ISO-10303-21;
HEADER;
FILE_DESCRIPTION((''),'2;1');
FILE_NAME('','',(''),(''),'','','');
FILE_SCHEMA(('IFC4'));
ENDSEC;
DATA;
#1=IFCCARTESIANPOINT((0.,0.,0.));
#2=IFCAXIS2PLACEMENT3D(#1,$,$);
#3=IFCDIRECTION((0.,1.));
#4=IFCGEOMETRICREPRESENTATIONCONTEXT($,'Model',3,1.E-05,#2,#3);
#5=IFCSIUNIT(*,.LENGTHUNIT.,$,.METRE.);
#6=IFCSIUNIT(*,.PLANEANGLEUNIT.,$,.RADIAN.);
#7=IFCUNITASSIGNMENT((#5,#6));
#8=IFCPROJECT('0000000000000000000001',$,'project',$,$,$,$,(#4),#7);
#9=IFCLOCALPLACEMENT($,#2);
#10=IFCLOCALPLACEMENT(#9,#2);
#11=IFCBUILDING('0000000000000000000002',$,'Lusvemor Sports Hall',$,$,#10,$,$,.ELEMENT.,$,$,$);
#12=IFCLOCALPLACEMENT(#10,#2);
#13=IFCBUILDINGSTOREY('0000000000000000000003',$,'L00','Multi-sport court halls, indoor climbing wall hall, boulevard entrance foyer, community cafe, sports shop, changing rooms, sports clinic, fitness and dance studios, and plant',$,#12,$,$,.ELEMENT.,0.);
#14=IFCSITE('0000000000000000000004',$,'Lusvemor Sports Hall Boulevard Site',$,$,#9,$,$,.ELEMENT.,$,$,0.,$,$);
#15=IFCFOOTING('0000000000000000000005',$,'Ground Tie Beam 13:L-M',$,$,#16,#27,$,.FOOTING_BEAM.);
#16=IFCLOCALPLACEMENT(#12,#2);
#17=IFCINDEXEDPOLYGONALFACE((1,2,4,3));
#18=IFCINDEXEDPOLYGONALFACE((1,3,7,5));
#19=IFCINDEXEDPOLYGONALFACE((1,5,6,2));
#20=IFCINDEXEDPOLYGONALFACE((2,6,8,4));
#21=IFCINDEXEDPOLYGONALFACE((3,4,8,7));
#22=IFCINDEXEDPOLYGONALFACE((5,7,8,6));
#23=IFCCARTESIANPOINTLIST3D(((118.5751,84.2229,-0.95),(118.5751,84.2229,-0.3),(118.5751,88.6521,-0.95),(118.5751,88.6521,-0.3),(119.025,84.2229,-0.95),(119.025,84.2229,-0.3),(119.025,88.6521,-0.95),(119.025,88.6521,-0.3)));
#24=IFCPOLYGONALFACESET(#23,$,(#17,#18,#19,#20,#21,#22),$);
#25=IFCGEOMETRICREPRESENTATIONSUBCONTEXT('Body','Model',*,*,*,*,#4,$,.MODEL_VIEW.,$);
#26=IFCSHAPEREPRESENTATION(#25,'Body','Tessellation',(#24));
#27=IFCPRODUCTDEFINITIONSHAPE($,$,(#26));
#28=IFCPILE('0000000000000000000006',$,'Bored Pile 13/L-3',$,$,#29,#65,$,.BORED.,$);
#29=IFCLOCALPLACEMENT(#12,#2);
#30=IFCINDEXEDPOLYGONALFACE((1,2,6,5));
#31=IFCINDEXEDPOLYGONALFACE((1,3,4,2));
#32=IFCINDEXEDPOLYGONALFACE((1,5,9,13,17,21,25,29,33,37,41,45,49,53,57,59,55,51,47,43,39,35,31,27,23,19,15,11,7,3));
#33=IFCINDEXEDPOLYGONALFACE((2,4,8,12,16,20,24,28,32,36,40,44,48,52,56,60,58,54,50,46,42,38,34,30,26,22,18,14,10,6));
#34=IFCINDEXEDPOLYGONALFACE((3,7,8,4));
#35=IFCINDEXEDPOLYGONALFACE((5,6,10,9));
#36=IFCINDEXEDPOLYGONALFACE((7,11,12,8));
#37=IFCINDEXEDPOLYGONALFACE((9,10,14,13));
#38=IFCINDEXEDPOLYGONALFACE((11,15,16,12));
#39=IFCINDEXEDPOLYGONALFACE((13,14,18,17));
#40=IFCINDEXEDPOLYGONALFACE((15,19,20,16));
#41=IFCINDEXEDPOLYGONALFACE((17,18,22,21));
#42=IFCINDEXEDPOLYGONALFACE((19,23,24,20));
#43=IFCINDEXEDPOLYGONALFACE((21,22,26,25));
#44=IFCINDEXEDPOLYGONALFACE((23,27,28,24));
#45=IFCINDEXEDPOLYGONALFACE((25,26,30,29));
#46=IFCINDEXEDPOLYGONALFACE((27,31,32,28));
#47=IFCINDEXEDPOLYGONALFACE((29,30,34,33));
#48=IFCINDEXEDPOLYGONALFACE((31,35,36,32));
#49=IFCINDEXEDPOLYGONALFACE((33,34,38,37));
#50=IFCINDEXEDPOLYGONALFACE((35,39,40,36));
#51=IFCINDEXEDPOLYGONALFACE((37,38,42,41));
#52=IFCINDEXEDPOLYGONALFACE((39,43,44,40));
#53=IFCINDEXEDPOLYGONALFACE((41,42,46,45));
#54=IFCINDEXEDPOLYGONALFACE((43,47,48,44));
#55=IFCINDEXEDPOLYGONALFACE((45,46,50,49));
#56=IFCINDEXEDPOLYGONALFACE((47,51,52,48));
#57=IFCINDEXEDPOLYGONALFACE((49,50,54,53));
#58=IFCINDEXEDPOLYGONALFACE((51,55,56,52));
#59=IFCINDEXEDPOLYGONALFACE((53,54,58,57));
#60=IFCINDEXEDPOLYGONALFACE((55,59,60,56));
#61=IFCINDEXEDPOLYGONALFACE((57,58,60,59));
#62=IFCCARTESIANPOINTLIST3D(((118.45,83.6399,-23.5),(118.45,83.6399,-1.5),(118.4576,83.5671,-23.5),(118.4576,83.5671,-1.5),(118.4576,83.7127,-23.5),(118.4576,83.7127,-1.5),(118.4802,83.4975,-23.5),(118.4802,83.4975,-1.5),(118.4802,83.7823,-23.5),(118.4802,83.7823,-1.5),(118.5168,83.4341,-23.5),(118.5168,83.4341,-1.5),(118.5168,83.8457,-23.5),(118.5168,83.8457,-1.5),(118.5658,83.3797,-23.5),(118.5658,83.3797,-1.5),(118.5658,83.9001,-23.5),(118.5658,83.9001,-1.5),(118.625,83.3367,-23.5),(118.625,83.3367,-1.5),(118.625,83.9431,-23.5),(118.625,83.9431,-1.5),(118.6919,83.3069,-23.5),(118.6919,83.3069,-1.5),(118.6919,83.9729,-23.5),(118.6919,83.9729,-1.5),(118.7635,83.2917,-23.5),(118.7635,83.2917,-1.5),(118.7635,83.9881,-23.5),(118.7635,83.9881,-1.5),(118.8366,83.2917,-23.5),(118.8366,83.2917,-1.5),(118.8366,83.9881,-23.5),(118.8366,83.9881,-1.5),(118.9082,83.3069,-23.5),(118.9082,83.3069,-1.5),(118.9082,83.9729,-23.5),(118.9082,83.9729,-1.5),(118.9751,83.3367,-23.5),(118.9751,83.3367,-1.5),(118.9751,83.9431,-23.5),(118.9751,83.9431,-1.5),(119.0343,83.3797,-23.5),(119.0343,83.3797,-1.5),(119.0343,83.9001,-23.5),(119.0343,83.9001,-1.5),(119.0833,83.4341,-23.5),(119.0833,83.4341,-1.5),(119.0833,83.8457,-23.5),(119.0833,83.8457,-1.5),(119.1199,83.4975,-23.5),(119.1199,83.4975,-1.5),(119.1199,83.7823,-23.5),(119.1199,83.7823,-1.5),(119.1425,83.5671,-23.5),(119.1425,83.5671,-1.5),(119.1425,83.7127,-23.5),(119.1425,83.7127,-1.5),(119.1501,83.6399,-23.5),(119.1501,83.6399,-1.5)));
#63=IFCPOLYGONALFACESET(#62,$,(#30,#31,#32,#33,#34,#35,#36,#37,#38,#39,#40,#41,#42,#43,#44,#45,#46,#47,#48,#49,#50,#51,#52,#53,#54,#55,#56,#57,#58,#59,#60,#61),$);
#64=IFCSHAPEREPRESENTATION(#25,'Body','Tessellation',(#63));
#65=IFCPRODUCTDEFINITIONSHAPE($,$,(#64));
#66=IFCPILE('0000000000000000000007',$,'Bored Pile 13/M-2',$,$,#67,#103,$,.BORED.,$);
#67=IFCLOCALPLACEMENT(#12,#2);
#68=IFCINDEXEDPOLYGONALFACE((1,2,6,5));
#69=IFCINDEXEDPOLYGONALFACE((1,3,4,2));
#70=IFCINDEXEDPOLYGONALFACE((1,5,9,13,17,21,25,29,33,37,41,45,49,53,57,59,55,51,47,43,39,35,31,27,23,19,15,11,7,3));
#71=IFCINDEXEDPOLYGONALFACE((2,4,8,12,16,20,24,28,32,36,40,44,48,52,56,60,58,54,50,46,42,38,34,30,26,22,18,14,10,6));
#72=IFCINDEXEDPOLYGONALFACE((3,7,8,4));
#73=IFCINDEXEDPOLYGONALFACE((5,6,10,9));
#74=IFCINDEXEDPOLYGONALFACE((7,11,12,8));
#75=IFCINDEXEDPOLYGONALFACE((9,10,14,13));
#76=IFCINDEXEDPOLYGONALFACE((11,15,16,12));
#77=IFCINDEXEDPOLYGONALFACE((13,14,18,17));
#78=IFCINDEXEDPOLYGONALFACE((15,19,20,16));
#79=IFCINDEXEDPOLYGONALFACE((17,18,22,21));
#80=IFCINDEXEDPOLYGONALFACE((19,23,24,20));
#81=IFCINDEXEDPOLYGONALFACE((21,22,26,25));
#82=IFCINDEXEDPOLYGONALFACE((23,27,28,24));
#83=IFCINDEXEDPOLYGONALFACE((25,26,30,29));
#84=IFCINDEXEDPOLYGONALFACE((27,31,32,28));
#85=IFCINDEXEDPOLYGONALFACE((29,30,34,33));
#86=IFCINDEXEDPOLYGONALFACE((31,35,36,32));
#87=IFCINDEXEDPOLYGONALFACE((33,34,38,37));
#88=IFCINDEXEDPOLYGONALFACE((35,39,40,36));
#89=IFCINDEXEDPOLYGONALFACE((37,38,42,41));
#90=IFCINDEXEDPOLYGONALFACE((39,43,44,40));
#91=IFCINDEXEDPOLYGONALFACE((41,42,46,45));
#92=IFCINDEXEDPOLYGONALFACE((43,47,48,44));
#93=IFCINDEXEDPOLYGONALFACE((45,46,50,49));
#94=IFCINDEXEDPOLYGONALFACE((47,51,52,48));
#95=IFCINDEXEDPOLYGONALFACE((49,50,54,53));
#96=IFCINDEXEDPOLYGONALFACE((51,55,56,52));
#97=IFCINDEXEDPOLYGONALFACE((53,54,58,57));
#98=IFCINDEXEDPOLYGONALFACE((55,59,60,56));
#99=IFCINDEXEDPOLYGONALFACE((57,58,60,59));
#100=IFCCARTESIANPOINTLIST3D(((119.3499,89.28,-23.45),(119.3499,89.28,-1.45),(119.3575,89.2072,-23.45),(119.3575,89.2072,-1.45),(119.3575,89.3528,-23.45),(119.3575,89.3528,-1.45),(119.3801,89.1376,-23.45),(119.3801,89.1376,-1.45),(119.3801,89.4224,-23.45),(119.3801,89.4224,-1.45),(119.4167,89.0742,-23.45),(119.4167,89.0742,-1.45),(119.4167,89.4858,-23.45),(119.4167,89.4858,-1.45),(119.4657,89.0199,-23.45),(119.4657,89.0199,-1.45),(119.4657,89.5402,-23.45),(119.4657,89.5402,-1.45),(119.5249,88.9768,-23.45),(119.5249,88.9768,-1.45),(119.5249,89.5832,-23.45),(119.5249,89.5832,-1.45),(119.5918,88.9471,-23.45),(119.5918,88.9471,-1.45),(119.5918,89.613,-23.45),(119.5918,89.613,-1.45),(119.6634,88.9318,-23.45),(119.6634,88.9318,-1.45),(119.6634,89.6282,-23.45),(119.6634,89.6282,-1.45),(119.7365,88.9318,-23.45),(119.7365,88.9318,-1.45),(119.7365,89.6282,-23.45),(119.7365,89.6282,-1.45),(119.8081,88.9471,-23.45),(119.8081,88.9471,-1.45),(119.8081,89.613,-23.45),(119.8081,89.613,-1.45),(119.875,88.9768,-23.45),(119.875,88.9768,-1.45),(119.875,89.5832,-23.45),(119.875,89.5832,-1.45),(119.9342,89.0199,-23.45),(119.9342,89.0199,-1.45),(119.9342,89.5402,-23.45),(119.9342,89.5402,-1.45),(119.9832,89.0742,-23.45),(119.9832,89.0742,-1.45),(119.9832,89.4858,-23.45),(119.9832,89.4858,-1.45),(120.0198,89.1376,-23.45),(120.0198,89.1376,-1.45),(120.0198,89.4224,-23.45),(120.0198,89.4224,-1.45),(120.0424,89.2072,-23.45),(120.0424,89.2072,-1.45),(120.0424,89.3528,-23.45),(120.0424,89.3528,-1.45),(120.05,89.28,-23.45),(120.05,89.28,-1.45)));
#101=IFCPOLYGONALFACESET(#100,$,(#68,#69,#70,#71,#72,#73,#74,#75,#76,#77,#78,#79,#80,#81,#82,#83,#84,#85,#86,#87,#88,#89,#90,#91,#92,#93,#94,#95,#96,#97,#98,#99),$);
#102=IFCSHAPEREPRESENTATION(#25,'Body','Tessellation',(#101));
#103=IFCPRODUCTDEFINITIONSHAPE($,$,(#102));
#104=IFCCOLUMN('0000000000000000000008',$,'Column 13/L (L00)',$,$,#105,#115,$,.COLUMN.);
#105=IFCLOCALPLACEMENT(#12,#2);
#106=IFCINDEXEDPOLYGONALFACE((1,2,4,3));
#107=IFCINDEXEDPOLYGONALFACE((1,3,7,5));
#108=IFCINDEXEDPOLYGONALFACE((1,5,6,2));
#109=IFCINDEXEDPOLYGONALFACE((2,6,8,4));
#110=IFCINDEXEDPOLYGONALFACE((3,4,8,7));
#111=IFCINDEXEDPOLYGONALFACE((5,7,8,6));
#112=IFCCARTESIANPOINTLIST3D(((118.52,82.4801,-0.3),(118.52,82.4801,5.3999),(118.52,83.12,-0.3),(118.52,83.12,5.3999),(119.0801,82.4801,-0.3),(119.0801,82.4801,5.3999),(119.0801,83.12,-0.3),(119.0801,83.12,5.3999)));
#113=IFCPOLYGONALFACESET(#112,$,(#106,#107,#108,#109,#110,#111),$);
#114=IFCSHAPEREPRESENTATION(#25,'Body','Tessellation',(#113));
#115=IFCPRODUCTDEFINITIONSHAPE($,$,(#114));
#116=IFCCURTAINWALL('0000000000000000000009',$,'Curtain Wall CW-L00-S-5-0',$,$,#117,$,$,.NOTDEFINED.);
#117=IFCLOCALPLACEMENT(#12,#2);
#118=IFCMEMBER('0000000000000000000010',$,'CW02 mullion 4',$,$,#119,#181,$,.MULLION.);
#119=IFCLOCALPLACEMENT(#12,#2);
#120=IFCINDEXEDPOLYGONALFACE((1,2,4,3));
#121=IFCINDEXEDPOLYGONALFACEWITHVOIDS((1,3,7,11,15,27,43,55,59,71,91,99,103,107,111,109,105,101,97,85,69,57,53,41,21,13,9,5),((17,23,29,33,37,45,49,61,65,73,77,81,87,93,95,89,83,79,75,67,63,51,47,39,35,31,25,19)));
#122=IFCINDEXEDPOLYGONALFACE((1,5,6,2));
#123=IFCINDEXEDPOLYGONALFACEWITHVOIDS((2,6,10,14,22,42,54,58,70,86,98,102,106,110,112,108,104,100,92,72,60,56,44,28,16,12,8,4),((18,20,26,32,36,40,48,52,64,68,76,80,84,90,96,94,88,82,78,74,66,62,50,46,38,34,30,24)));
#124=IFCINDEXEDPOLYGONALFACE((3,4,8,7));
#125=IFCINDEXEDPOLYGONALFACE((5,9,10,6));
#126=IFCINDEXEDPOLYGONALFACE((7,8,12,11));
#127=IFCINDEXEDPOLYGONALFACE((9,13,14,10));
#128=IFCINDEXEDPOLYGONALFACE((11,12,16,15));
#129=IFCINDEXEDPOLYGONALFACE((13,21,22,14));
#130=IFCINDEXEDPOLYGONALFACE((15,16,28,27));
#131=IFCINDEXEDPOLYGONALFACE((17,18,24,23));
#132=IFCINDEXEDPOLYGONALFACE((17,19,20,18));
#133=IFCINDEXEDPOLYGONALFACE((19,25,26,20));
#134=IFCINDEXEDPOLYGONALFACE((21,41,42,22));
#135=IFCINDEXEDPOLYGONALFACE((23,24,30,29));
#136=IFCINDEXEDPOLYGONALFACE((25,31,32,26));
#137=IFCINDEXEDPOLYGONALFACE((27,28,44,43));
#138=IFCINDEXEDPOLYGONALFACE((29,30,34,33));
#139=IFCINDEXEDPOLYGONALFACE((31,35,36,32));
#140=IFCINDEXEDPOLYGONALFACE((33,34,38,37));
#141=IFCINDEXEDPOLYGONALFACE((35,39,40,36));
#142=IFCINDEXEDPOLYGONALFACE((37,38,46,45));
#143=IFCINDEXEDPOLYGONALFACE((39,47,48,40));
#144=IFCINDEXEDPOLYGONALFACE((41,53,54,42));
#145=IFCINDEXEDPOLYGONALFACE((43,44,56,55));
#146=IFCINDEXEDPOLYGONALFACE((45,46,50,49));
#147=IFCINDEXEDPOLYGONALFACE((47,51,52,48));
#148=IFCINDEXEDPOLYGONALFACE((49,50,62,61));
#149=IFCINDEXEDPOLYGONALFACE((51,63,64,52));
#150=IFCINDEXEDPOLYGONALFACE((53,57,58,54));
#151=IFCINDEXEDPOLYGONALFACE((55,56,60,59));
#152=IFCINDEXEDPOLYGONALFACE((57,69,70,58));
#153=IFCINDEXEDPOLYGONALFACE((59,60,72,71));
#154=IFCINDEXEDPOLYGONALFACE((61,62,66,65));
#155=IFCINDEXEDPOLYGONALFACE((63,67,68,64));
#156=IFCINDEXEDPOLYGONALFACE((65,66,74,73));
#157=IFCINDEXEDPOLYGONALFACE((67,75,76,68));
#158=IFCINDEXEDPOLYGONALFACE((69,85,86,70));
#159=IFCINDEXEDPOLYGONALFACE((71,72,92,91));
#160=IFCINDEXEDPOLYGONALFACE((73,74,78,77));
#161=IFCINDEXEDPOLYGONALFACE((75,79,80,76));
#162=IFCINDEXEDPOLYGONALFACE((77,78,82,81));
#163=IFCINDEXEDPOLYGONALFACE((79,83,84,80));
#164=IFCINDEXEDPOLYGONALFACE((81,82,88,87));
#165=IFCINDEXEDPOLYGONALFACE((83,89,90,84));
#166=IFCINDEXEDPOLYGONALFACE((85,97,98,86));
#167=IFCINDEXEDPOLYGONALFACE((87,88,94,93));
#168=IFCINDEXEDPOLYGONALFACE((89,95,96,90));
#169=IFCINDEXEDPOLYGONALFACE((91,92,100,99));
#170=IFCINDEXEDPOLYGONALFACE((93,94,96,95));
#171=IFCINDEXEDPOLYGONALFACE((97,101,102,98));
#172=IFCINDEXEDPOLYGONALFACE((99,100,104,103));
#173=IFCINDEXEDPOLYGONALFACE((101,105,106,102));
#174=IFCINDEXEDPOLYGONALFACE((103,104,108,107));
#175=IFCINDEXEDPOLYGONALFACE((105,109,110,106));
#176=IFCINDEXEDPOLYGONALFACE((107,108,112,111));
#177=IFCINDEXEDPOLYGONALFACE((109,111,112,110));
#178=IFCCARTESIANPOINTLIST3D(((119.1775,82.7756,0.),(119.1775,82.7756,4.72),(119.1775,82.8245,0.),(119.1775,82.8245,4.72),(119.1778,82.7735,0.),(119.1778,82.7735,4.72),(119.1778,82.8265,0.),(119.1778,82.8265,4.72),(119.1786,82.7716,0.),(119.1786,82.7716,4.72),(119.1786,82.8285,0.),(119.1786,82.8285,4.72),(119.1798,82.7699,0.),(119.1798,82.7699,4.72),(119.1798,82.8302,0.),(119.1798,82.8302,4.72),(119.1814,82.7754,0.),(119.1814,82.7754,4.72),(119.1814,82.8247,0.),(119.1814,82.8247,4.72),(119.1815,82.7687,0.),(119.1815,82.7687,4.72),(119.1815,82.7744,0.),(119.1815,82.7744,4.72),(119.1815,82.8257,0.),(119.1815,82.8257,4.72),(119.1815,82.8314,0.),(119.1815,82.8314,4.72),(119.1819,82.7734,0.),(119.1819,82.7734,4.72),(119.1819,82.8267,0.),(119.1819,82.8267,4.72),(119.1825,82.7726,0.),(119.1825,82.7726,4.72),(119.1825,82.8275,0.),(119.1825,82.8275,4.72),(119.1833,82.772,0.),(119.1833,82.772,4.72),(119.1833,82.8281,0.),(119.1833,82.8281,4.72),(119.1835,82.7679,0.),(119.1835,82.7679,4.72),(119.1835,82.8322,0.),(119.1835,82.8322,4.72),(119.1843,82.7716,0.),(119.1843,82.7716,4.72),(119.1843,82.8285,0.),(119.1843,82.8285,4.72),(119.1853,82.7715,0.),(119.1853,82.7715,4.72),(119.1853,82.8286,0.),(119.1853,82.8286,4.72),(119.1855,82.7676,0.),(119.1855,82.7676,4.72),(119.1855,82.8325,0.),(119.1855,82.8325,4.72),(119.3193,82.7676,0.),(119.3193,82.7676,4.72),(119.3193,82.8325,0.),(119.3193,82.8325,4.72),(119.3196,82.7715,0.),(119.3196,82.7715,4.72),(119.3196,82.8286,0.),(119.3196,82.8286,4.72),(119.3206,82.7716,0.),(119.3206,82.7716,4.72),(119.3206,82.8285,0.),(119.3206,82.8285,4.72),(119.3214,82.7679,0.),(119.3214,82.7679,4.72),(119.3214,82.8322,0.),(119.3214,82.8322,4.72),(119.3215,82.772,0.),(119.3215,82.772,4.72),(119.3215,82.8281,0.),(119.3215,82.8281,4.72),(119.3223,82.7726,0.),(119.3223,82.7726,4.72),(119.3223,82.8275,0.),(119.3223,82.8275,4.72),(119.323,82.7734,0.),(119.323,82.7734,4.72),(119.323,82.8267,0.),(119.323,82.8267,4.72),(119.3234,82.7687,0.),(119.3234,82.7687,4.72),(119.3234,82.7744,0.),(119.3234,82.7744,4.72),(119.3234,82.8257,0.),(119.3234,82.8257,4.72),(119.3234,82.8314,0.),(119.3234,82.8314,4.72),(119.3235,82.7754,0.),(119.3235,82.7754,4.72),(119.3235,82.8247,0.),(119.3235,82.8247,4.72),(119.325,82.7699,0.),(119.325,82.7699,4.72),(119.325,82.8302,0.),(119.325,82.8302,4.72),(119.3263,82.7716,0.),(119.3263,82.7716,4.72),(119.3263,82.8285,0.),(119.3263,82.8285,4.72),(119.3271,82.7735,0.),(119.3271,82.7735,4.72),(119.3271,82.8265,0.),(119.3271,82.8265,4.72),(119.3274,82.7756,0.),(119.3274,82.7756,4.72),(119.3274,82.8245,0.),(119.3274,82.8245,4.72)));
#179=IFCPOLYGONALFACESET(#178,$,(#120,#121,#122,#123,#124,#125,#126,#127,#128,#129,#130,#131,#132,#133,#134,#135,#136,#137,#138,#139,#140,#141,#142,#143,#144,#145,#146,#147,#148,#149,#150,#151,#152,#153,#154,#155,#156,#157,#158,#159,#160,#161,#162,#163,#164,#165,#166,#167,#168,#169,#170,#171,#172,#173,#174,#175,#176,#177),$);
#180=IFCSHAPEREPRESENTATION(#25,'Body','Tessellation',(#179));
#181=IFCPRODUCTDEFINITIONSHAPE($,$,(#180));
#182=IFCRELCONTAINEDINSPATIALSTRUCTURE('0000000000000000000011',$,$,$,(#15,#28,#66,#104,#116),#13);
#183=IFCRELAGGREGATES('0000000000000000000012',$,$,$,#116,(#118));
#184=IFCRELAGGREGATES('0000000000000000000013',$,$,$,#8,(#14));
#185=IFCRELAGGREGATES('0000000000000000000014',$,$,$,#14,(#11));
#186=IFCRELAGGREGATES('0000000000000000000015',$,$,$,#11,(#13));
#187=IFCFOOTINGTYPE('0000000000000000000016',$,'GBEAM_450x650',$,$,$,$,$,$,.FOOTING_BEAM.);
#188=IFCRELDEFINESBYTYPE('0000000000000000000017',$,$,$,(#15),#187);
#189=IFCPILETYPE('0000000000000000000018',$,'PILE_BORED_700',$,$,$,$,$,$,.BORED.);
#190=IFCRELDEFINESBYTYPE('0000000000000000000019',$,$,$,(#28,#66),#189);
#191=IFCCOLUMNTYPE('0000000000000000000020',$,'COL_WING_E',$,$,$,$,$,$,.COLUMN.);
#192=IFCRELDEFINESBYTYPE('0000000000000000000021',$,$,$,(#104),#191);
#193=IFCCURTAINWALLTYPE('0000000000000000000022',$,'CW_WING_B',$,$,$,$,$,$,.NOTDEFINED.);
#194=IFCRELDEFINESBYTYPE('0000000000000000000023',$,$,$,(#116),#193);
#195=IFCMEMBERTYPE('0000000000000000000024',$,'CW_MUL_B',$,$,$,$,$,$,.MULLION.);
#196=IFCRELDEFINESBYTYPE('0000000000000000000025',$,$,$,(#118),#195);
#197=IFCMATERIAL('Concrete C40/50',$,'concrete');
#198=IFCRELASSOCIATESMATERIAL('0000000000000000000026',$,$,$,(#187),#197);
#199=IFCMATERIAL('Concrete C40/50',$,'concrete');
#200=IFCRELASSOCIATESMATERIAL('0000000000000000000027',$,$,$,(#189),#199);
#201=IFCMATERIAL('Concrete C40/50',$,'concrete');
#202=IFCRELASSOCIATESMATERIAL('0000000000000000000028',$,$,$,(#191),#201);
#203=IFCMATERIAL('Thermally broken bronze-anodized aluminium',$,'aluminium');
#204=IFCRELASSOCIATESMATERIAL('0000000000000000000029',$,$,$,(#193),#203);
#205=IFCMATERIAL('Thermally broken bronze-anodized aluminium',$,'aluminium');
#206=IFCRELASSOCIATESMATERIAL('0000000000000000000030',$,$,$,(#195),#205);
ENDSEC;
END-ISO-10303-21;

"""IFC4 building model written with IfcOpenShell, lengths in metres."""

from ifc_helpers import new_model, si_unit, direction, frame, origin, origin_2d, place, context, subcontext, project, spatial, rectangle, hollow_rectangle, circle, extrude, material, material_profile, profile_set, type_object, element, aggregate, save


model = new_model("IFC4")

# Units and contexts
model_context = context("Model", 3, precision=1e-05, world=origin(), true_north=direction((0.0, 1.0)))
body_context = subcontext(model_context, "Body", "Model", "MODEL_VIEW")
ifc_project = project(units=[si_unit("LENGTHUNIT", "METRE"), si_unit("PLANEANGLEUNIT", "RADIAN")], contexts=[model_context])

# Site, building, storey
site_placement = place(None, origin())
site = spatial("IfcSite", under=ifc_project, at=site_placement, Name="Lusvemor Sports Hall Boulevard Site", CompositionType="ELEMENT", RefElevation=0.0)
building_placement = place(site_placement, origin())
building = spatial("IfcBuilding", under=site, at=building_placement, Name="Lusvemor Sports Hall", CompositionType="ELEMENT")
storey_placement = place(building_placement, origin())
storey = spatial("IfcBuildingStorey", under=building, at=storey_placement, Name="L00", Description="Multi-sport court halls, indoor climbing wall hall, boulevard entrance foyer, community cafe, sports shop, changing rooms, sports clinic, fitness and dance studios, and plant", CompositionType="ELEMENT", Elevation=0.0)

# Footing
ifc_material_1 = material(Name="Concrete C40/50", Category="concrete")
ifc_material_profile_1 = material_profile(ifc_material_1, rectangle(XDim=0.45, YDim=0.6499, at=origin_2d()), Name="GB_450x650")
ifc_profile_set_1 = profile_set([ifc_material_profile_1], Name="Concrete C40/50")
footing_type = type_object("IfcFootingType", Name="GBEAM_450x650", PredefinedType="FOOTING_BEAM", material=ifc_profile_set_1)
footing_placement = place(storey_placement, frame((118.8, 84.2229, -0.625), z_axis=(0.0, 1.0, 0.0), x_axis=(-1.0, 0.0, 0.0)))
element("IfcFooting", 1, at=footing_placement, inside=storey, type_object=footing_type, Name="Ground Tie Beam 13:L-M", PredefinedType="FOOTING_BEAM", context=body_context, shape_type="SweptSolid", body=[
    extrude(rectangle(XDim=0.45, YDim=0.6499, at=origin_2d()), origin(), (0.0, 0.0, 1.0), 4.4292),
])

# Piles
ifc_material_2 = material(Name="Concrete C40/50", Category="concrete")
ifc_material_profile_2 = material_profile(ifc_material_2, circle(Radius=0.3501, at=origin_2d()), Name="PILE700")
ifc_profile_set_2 = profile_set([ifc_material_profile_2], Name="Concrete C40/50")
pile_type = type_object("IfcPileType", Name="PILE_BORED_700", PredefinedType="BORED", material=ifc_profile_set_2)
for number, where, z_axis, x_axis, name in (
    (2, (118.8, 83.6399, -1.5), (0.0, 0.0, -1.0), (1.0, 0.0, 0.0), "Bored Pile 13/L-3"),
    (3, (119.7, 89.28, -1.45), (0.0, 0.0, -1.0), (1.0, 0.0, 0.0), "Bored Pile 13/M-2"),
):
    element("IfcPile", number, at=place(storey_placement, frame(where, z_axis=z_axis, x_axis=x_axis)), inside=storey, type_object=pile_type, Name=name, PredefinedType="BORED", context=body_context, shape_type="SweptSolid", body=[
        extrude(circle(Radius=0.3501, at=origin_2d()), origin(), (0.0, 0.0, 1.0), 22.0),
    ])

# Column
ifc_material_3 = material(Name="Concrete C40/50", Category="concrete")
ifc_material_profile_3 = material_profile(ifc_material_3, rectangle(XDim=0.5601, YDim=0.6399, at=origin_2d()), Name="RC560x640")
ifc_profile_set_3 = profile_set([ifc_material_profile_3], Name="Concrete C40/50")
column_type = type_object("IfcColumnType", Name="COL_WING_E", PredefinedType="COLUMN", material=ifc_profile_set_3)
column_placement = place(storey_placement, frame((118.8, 82.8, -0.3), z_axis=(0.0, 0.0, 1.0), x_axis=(1.0, 0.0, 0.0)))
element("IfcColumn", 4, at=column_placement, inside=storey, type_object=column_type, Name="Column 13/L (L00)", PredefinedType="COLUMN", context=body_context, shape_type="SweptSolid", body=[
    extrude(rectangle(XDim=0.5601, YDim=0.6399, at=origin_2d()), origin(), (0.0, 0.0, 1.0), 5.7),
])

# Curtain wall, member
ifc_material_4 = material(Name="Thermally broken bronze-anodized aluminium", Category="aluminium")
curtain_wall_type = type_object("IfcCurtainWallType", Name="CW_WING_B", PredefinedType="NOTDEFINED", material=ifc_material_4)
curtain_wall_1_placement = place(storey_placement, origin())
curtain_wall_1 = element("IfcCurtainWall", 5, at=curtain_wall_1_placement, inside=storey, type_object=curtain_wall_type, Name="Curtain Wall CW-L00-S-5-0", PredefinedType="NOTDEFINED")
ifc_material_5 = material(Name="Thermally broken bronze-anodized aluminium", Category="aluminium")
ifc_material_profile_4 = material_profile(ifc_material_5, hollow_rectangle(XDim=0.0649, YDim=0.1499, WallThickness=0.0039, InnerFilletRadius=0.0039, OuterFilletRadius=0.0081, at=origin_2d()), Name="CWMUL150x65x4")
ifc_profile_set_4 = profile_set([ifc_material_profile_4], Name="Thermally broken bronze-anodized aluminium")
member_type_1 = type_object("IfcMemberType", Name="CW_MUL_B", PredefinedType="MULLION", material=ifc_profile_set_4)
member_1_placement = place(storey_placement, frame((119.2524, 82.8, 0.0), z_axis=(0.0, 0.0, 1.0), x_axis=(0.0, -1.0, 0.0)))
member_1 = element("IfcMember", 6, at=member_1_placement, type_object=member_type_1, Name="CW02 mullion 4", PredefinedType="MULLION", context=body_context, shape_type="SweptSolid", body=[
    extrude(hollow_rectangle(XDim=0.0649, YDim=0.1499, WallThickness=0.0039, InnerFilletRadius=0.0039, OuterFilletRadius=0.0081, at=origin_2d()), origin(), (0.0, 0.0, 1.0), 4.72),
])
aggregate(curtain_wall_1, [member_1])

save(model, "model.ifc")
